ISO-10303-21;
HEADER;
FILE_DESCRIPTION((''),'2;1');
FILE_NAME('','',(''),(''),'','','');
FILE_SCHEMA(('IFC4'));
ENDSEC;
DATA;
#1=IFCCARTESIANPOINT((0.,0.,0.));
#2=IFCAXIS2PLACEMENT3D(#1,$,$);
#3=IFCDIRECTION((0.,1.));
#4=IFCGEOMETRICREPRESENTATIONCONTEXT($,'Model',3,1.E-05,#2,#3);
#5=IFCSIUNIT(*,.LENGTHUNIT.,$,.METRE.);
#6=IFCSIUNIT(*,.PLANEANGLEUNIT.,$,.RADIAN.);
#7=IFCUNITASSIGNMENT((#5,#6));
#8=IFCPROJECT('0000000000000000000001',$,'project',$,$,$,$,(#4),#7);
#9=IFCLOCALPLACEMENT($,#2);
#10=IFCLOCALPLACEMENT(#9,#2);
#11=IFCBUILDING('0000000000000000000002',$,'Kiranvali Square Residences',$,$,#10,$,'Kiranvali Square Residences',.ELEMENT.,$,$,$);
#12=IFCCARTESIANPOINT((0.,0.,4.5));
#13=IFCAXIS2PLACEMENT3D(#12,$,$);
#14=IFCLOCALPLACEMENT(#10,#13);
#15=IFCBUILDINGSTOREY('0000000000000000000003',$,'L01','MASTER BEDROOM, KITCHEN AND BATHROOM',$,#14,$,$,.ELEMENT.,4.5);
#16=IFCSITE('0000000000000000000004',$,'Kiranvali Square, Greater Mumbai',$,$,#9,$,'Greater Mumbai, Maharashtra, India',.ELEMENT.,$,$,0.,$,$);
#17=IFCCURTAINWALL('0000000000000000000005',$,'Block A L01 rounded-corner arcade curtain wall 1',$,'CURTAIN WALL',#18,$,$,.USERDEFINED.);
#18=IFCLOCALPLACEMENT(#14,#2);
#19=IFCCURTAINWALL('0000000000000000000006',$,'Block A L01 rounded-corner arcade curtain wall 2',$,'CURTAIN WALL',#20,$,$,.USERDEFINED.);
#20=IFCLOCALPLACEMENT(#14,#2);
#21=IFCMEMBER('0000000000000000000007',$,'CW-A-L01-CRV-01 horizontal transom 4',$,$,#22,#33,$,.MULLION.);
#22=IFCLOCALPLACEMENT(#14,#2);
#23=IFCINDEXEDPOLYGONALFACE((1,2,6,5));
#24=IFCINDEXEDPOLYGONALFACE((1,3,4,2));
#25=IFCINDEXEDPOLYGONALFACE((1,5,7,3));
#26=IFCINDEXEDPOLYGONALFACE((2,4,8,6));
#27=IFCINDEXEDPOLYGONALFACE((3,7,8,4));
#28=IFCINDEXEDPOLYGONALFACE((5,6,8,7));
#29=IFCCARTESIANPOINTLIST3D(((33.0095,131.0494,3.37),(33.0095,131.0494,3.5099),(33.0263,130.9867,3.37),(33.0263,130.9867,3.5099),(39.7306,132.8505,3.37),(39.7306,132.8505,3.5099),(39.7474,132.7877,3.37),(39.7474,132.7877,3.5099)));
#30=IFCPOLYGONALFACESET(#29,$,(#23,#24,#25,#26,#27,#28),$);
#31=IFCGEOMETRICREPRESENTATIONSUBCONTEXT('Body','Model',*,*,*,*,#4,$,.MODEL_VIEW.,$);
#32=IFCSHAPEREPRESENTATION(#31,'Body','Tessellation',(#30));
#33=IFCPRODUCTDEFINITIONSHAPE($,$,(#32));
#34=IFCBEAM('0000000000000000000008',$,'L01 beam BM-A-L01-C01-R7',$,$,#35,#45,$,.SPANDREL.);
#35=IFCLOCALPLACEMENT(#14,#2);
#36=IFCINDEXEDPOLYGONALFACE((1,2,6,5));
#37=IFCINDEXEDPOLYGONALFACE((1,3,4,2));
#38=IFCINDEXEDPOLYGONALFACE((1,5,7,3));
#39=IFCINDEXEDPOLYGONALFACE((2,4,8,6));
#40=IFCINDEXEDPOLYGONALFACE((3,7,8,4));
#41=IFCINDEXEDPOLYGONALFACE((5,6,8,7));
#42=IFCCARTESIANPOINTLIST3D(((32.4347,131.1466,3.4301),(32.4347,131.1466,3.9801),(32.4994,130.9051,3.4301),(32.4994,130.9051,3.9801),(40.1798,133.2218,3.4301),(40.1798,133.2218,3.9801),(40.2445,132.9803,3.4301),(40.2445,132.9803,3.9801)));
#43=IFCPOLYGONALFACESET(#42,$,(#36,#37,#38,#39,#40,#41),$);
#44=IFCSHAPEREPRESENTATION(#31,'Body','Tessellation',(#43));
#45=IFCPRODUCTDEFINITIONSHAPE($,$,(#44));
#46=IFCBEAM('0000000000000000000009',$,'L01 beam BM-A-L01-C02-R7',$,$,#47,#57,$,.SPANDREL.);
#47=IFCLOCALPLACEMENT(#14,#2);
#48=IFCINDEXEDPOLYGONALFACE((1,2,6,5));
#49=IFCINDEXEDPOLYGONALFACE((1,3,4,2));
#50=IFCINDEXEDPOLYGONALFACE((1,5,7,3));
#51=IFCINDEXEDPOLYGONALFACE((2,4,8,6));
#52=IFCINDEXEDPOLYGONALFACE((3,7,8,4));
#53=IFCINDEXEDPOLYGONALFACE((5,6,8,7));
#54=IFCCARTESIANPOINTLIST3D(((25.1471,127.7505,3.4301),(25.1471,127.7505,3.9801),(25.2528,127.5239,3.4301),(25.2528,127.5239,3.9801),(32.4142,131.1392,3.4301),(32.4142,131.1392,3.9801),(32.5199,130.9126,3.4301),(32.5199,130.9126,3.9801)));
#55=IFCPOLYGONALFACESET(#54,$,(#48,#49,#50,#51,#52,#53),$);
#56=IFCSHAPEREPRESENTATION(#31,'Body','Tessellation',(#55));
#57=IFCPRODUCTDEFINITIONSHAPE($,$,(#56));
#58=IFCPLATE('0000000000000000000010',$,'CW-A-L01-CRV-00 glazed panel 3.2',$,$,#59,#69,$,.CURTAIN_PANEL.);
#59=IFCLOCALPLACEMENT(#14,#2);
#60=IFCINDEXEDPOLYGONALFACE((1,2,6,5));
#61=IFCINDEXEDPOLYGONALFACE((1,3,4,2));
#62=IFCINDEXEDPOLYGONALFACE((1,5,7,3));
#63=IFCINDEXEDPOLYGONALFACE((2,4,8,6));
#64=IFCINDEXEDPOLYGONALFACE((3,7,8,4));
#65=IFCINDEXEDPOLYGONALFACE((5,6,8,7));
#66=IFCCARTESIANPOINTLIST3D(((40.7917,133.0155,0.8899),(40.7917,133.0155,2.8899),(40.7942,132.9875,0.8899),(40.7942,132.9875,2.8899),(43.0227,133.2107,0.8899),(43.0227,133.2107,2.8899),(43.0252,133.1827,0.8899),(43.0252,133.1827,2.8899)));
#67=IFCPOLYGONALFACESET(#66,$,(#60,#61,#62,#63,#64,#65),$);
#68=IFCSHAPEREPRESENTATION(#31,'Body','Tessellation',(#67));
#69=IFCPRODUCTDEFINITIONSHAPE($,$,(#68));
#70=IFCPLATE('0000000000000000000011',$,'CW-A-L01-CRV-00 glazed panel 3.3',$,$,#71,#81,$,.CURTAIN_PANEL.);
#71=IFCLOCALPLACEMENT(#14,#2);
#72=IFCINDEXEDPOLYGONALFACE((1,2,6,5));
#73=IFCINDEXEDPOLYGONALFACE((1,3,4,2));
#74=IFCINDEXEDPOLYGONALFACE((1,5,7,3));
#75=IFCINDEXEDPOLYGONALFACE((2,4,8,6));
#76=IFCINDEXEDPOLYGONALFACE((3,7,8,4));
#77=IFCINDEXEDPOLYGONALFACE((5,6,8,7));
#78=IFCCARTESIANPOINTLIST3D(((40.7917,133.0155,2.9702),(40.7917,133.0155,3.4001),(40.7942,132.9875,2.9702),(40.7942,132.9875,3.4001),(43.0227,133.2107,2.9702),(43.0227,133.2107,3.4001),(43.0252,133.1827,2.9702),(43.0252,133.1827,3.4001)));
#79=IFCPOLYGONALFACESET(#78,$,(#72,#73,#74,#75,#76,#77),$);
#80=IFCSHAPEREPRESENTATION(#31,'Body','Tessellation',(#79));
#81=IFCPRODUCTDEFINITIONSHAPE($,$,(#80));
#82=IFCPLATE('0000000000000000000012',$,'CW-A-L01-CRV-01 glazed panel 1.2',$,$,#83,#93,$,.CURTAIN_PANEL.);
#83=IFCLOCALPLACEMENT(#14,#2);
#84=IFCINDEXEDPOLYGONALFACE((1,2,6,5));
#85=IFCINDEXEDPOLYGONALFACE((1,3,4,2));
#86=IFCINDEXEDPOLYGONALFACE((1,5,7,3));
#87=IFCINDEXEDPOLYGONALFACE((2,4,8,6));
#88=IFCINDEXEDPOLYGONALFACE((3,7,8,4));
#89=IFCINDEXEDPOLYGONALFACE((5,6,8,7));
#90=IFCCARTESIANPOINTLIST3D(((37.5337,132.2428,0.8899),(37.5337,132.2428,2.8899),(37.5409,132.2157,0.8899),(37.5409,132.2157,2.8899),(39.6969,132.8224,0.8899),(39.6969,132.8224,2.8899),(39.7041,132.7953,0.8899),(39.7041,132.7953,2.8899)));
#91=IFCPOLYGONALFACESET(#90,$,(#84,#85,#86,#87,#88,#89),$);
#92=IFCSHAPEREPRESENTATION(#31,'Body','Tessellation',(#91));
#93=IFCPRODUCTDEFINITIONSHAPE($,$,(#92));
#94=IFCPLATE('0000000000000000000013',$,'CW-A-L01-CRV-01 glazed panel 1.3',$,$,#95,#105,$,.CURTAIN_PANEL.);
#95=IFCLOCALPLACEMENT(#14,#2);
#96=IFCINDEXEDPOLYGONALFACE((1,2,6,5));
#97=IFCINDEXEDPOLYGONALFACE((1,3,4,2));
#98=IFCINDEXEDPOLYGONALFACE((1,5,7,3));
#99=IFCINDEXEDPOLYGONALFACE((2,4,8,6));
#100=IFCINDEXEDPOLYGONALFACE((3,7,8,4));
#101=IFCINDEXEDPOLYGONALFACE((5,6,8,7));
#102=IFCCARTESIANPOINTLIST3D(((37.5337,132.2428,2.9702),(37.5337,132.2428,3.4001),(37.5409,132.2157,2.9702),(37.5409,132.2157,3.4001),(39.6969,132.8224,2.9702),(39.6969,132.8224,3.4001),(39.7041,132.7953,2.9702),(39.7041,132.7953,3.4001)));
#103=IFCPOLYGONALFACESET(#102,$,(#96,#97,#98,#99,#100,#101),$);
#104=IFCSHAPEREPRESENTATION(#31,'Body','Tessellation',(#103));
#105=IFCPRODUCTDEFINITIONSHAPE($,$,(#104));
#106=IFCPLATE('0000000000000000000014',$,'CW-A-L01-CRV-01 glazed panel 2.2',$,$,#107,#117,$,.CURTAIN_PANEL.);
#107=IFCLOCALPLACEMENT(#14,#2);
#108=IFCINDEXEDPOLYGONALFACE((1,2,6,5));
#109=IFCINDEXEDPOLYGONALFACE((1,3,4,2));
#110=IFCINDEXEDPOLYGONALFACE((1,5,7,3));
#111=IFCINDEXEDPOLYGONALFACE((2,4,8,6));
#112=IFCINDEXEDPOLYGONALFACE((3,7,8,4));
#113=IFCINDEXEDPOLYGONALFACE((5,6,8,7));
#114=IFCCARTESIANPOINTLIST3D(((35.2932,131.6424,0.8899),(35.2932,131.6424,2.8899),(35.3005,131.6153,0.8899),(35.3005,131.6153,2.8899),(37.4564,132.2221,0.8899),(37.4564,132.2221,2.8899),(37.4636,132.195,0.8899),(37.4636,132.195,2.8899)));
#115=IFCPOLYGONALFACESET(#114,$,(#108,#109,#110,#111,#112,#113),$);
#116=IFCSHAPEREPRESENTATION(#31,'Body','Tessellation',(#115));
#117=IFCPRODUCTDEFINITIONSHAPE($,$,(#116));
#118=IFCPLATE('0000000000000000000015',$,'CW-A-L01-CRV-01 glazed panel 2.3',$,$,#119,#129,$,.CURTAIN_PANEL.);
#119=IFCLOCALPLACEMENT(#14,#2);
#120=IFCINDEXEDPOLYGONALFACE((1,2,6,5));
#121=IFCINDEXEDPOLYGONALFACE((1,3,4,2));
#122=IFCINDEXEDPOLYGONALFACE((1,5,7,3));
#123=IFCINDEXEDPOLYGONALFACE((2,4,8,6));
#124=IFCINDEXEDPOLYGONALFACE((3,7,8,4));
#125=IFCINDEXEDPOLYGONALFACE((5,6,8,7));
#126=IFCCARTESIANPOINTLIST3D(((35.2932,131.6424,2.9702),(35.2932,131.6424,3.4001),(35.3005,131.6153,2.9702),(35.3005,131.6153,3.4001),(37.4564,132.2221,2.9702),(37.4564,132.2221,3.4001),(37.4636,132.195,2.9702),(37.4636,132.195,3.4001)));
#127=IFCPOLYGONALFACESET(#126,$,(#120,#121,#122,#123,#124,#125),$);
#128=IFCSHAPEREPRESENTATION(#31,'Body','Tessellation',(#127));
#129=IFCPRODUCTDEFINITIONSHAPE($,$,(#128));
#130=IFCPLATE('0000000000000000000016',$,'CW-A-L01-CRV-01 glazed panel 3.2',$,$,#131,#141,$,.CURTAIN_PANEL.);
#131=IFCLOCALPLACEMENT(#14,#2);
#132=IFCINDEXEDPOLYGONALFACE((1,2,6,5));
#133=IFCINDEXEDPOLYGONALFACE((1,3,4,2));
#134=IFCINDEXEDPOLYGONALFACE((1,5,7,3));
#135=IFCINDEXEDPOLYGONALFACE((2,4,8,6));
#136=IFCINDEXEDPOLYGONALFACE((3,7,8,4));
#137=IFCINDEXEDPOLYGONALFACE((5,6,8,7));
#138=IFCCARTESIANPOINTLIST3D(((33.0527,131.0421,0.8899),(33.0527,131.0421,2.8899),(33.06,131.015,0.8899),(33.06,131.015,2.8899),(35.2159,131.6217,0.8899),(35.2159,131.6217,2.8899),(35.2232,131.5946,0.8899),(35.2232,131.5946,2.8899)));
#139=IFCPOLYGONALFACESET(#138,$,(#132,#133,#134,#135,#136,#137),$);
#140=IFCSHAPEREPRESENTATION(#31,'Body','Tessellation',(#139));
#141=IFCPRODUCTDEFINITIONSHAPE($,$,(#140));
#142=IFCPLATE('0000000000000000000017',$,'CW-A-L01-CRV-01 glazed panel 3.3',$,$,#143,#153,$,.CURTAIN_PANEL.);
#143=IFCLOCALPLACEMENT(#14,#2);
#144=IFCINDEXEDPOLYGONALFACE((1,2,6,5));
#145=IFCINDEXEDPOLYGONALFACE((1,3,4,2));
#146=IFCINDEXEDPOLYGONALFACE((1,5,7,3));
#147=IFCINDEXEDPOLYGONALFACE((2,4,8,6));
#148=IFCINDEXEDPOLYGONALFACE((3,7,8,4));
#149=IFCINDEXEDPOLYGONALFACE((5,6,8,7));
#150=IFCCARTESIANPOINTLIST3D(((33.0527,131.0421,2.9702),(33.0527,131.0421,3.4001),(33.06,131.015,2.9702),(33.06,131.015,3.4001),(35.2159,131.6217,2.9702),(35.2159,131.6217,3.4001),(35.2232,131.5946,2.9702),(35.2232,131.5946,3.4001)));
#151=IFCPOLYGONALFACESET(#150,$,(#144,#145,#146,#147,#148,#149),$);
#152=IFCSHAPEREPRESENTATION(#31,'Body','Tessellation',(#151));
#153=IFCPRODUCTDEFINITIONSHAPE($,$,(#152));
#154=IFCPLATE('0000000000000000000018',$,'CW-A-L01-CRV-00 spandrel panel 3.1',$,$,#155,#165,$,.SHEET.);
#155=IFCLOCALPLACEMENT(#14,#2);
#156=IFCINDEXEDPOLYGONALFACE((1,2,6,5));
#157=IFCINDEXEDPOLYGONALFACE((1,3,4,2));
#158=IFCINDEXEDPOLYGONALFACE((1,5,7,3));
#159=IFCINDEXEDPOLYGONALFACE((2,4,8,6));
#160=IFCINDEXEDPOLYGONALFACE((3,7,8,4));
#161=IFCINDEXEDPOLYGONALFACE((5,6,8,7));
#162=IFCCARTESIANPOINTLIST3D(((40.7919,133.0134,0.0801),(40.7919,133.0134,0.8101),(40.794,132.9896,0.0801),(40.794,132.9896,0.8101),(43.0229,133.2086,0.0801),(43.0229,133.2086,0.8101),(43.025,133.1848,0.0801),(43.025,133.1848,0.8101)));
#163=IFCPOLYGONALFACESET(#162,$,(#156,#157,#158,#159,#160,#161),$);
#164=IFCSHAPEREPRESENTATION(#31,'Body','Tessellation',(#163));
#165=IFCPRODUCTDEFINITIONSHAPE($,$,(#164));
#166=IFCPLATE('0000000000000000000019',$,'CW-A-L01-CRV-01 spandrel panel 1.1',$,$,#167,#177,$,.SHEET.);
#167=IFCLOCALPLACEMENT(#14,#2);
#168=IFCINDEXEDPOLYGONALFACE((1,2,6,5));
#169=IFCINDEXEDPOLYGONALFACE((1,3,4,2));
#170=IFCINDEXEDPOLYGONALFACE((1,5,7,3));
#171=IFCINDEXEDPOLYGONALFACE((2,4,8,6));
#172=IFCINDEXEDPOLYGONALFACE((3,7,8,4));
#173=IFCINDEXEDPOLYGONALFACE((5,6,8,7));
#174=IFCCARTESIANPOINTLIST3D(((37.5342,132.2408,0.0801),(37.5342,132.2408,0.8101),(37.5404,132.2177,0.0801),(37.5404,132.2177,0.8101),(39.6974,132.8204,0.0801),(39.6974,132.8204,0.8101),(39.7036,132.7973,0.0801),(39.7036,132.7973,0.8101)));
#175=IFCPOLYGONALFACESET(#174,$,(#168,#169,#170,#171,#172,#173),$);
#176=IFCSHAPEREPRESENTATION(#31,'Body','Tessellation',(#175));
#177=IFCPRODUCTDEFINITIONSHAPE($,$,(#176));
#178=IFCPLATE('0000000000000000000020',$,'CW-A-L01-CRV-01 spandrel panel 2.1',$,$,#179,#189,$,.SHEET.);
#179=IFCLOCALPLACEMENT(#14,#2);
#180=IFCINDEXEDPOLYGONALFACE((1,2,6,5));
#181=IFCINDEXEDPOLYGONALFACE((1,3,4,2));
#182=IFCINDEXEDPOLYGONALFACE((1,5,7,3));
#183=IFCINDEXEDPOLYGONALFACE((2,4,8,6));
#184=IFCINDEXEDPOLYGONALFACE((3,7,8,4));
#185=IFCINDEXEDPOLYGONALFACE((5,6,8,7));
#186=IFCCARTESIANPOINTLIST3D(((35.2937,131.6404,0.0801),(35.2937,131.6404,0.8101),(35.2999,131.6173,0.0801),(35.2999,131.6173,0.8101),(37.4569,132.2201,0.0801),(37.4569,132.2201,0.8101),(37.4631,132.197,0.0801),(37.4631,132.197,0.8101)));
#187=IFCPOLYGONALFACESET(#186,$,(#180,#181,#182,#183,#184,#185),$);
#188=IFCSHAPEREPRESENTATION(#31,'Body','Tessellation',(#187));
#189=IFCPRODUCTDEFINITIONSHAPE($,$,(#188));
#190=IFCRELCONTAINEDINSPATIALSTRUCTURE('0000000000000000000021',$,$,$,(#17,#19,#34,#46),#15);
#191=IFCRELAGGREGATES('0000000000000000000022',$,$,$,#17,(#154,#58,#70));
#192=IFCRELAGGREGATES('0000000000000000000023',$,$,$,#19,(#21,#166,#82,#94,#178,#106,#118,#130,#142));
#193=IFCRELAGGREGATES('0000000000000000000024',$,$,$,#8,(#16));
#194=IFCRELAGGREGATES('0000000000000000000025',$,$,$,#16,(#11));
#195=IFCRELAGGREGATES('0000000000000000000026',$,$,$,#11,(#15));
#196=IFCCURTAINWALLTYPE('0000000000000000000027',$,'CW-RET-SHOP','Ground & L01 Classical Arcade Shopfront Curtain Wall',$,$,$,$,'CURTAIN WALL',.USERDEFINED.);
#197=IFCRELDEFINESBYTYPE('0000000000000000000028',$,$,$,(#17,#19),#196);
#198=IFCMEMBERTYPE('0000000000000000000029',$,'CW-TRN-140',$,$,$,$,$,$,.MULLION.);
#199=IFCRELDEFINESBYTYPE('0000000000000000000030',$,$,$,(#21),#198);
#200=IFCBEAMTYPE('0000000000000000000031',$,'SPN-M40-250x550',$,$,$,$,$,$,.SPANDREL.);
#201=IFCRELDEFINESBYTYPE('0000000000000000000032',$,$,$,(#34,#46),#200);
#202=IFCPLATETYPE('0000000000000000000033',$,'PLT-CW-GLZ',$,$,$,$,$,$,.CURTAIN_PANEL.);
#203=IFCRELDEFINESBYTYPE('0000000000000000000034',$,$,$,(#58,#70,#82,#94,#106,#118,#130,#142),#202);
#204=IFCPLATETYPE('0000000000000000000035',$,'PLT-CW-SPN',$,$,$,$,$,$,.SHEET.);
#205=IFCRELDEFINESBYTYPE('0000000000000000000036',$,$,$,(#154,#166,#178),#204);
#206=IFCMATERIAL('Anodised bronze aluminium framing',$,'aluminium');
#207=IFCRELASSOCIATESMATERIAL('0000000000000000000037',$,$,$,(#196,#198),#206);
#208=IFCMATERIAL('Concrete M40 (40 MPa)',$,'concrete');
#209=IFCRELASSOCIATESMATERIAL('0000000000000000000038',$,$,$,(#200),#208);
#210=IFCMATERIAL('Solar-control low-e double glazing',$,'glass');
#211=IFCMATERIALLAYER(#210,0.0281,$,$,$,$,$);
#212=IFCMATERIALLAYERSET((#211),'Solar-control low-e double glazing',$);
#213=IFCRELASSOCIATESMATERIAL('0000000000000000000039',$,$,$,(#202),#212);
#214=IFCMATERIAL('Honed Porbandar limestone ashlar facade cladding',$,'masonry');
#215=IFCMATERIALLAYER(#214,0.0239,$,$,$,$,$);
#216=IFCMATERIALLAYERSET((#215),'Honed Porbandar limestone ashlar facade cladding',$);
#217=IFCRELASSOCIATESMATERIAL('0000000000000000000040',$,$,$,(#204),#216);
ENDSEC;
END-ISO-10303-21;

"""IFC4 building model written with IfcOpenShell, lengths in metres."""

from ifc_helpers import new_model, si_unit, direction, frame, origin, origin_2d, place, context, subcontext, project, spatial, rectangle, extrude, material, layer, layer_set, material_profile, profile_set, type_object, element, aggregate, save


model = new_model("IFC4")

# Units and contexts
model_context = context("Model", 3, precision=1e-05, world=origin(), true_north=direction((0.0, 1.0)))
body_context = subcontext(model_context, "Body", "Model", "MODEL_VIEW")
ifc_project = project(units=[si_unit("LENGTHUNIT", "METRE"), si_unit("PLANEANGLEUNIT", "RADIAN")], contexts=[model_context])

# Site, building, storey
site_placement = place(None, origin())
site = spatial("IfcSite", under=ifc_project, at=site_placement, Name="Kiranvali Square, Greater Mumbai", LongName="Greater Mumbai, Maharashtra, India", CompositionType="ELEMENT", RefElevation=0.0)
building_placement = place(site_placement, origin())
building = spatial("IfcBuilding", under=site, at=building_placement, Name="Kiranvali Square Residences", LongName="Kiranvali Square Residences", CompositionType="ELEMENT")
storey_placement = place(building_placement, frame((0.0, 0.0, 4.5)))
storey = spatial("IfcBuildingStorey", under=building, at=storey_placement, Name="L01", Description="MASTER BEDROOM, KITCHEN AND BATHROOM", CompositionType="ELEMENT", Elevation=4.5)

# Shared definitions
ifc_material_1 = material(Name="Concrete M40 (40 MPa)", Category="concrete")

# Curtain walls
ifc_material_2 = material(Name="Anodised bronze aluminium framing", Category="aluminium")
curtain_wall_type = type_object("IfcCurtainWallType", Name="CW-RET-SHOP", Description="Ground & L01 Classical Arcade Shopfront Curtain Wall", ElementType="CURTAIN WALL", PredefinedType="USERDEFINED", material=ifc_material_2)
curtain_wall_1_placement = place(storey_placement, origin())
curtain_wall_1 = element("IfcCurtainWall", 1, at=curtain_wall_1_placement, inside=storey, type_object=curtain_wall_type, Name="Block A L01 rounded-corner arcade curtain wall 1", ObjectType="CURTAIN WALL", PredefinedType="USERDEFINED")
curtain_wall_2_placement = place(storey_placement, origin())
curtain_wall_2 = element("IfcCurtainWall", 2, at=curtain_wall_2_placement, inside=storey, type_object=curtain_wall_type, Name="Block A L01 rounded-corner arcade curtain wall 2", ObjectType="CURTAIN WALL", PredefinedType="USERDEFINED")

# Member
ifc_material_profile_1 = material_profile(ifc_material_2, rectangle(XDim=0.0649, YDim=0.1399, at=origin_2d()), Name="ALU 65x140")
ifc_profile_set_1 = profile_set([ifc_material_profile_1], Name="Anodised bronze aluminium framing")
member_type_1 = type_object("IfcMemberType", Name="CW-TRN-140", PredefinedType="MULLION", material=ifc_profile_set_1)
member_1_placement = place(storey_placement, frame((39.739, 132.8191, 3.4399), z_axis=(-0.965923, -0.258831, 0.0), x_axis=(0.258831, -0.965923, 0.0)))
member_1 = element("IfcMember", 3, at=member_1_placement, type_object=member_type_1, Name="CW-A-L01-CRV-01 horizontal transom 4", PredefinedType="MULLION", context=body_context, shape_type="SweptSolid", body=[
    extrude(rectangle(XDim=0.0649, YDim=0.1399, at=origin_2d()), origin(), (0.0, 0.0, 1.0), 6.9583),
])

# Beams
ifc_material_profile_2 = material_profile(ifc_material_1, rectangle(XDim=0.25, YDim=0.55, at=origin_2d()), Name="RC 250x550")
ifc_profile_set_2 = profile_set([ifc_material_profile_2], Name="Concrete M40 (40 MPa)")
beam_type_1 = type_object("IfcBeamType", Name="SPN-M40-250x550", PredefinedType="SPANDREL", material=ifc_profile_set_2)
for number, where, z_axis, x_axis, name in (
    (4, (40.2122, 133.1011, 3.7051), (-0.965929, -0.258807, 0.0), (0.258807, -0.965929, 0.0), "L01 beam BM-A-L01-C01-R7"),
    (5, (32.467, 131.0259, 3.7051), (-0.906309, -0.422615, 0.0), (0.422615, -0.906309, 0.0), "L01 beam BM-A-L01-C02-R7"),
):
    element("IfcBeam", number, at=place(storey_placement, frame(where, z_axis=z_axis, x_axis=x_axis)), inside=storey, type_object=beam_type_1, Name=name, PredefinedType="SPANDREL", context=body_context, shape_type="SweptSolid", body=[
        extrude(rectangle(XDim=0.25, YDim=0.55, at=origin_2d()), origin(), (0.0, 0.0, 1.0), 8.0183),
    ])

# Plates
ifc_material_3 = material(Name="Solar-control low-e double glazing", Category="glass")
ifc_layer_1 = layer(ifc_material_3, 0.0281)
ifc_layer_set_1 = layer_set([ifc_layer_1], Name="Solar-control low-e double glazing")
plate_type_1 = type_object("IfcPlateType", Name="PLT-CW-GLZ", PredefinedType="CURTAIN_PANEL", material=ifc_layer_set_1)
plate_1_placement = place(storey_placement, frame((41.9084, 133.0991, 0.8899), z_axis=(0.0, 0.0, 1.0), x_axis=(-0.996195, -0.087156, 0.0)))
plate_1 = element("IfcPlate", 6, at=plate_1_placement, type_object=plate_type_1, Name="CW-A-L01-CRV-00 glazed panel 3.2", PredefinedType="CURTAIN_PANEL", context=body_context, shape_type="SweptSolid", body=[
    extrude(rectangle(XDim=2.2395, YDim=0.0281, at=origin_2d()), origin(), (0.0, 0.0, 1.0), 2.0),
])
plate_2_placement = place(storey_placement, frame((41.9084, 133.0991, 2.9702), z_axis=(0.0, 0.0, 1.0), x_axis=(-0.996195, -0.087156, 0.0)))
plate_2 = element("IfcPlate", 7, at=plate_2_placement, type_object=plate_type_1, Name="CW-A-L01-CRV-00 glazed panel 3.3", PredefinedType="CURTAIN_PANEL", context=body_context, shape_type="SweptSolid", body=[
    extrude(rectangle(XDim=2.2395, YDim=0.0281, at=origin_2d()), origin(), (0.0, 0.0, 1.0), 0.4299),
])
plate_3_placement = place(storey_placement, frame((38.6189, 132.519, 0.8899), z_axis=(0.0, 0.0, 1.0), x_axis=(-0.965926, -0.258819, 0.0)))
plate_3 = element("IfcPlate", 8, at=plate_3_placement, type_object=plate_type_1, Name="CW-A-L01-CRV-01 glazed panel 1.2", PredefinedType="CURTAIN_PANEL", context=body_context, shape_type="SweptSolid", body=[
    extrude(rectangle(XDim=2.2395, YDim=0.0281, at=origin_2d()), origin(), (0.0, 0.0, 1.0), 2.0),
])
plate_4_placement = place(storey_placement, frame((38.6189, 132.519, 2.9702), z_axis=(0.0, 0.0, 1.0), x_axis=(-0.965926, -0.258819, 0.0)))
plate_4 = element("IfcPlate", 9, at=plate_4_placement, type_object=plate_type_1, Name="CW-A-L01-CRV-01 glazed panel 1.3", PredefinedType="CURTAIN_PANEL", context=body_context, shape_type="SweptSolid", body=[
    extrude(rectangle(XDim=2.2395, YDim=0.0281, at=origin_2d()), origin(), (0.0, 0.0, 1.0), 0.4299),
])
plate_5_placement = place(storey_placement, frame((36.3784, 131.9187, 0.8899), z_axis=(0.0, 0.0, 1.0), x_axis=(-0.965926, -0.258819, 0.0)))
plate_5 = element("IfcPlate", 10, at=plate_5_placement, type_object=plate_type_1, Name="CW-A-L01-CRV-01 glazed panel 2.2", PredefinedType="CURTAIN_PANEL", context=body_context, shape_type="SweptSolid", body=[
    extrude(rectangle(XDim=2.2395, YDim=0.0281, at=origin_2d()), origin(), (0.0, 0.0, 1.0), 2.0),
])
plate_6_placement = place(storey_placement, frame((36.3784, 131.9187, 2.9702), z_axis=(0.0, 0.0, 1.0), x_axis=(-0.965926, -0.258819, 0.0)))
plate_6 = element("IfcPlate", 11, at=plate_6_placement, type_object=plate_type_1, Name="CW-A-L01-CRV-01 glazed panel 2.3", PredefinedType="CURTAIN_PANEL", context=body_context, shape_type="SweptSolid", body=[
    extrude(rectangle(XDim=2.2395, YDim=0.0281, at=origin_2d()), origin(), (0.0, 0.0, 1.0), 0.4299),
])
plate_7_placement = place(storey_placement, frame((34.1379, 131.3184, 0.8899), z_axis=(0.0, 0.0, 1.0), x_axis=(-0.965926, -0.258819, 0.0)))
plate_7 = element("IfcPlate", 12, at=plate_7_placement, type_object=plate_type_1, Name="CW-A-L01-CRV-01 glazed panel 3.2", PredefinedType="CURTAIN_PANEL", context=body_context, shape_type="SweptSolid", body=[
    extrude(rectangle(XDim=2.2395, YDim=0.0281, at=origin_2d()), origin(), (0.0, 0.0, 1.0), 2.0),
])
plate_8_placement = place(storey_placement, frame((34.1379, 131.3184, 2.9702), z_axis=(0.0, 0.0, 1.0), x_axis=(-0.965926, -0.258819, 0.0)))
plate_8 = element("IfcPlate", 13, at=plate_8_placement, type_object=plate_type_1, Name="CW-A-L01-CRV-01 glazed panel 3.3", PredefinedType="CURTAIN_PANEL", context=body_context, shape_type="SweptSolid", body=[
    extrude(rectangle(XDim=2.2395, YDim=0.0281, at=origin_2d()), origin(), (0.0, 0.0, 1.0), 0.4299),
])
ifc_material_4 = material(Name="Honed Porbandar limestone ashlar facade cladding", Category="masonry")
ifc_layer_2 = layer(ifc_material_4, 0.0239)
ifc_layer_set_2 = layer_set([ifc_layer_2], Name="Honed Porbandar limestone ashlar facade cladding")
plate_type_2 = type_object("IfcPlateType", Name="PLT-CW-SPN", PredefinedType="SHEET", material=ifc_layer_set_2)
plate_9_placement = place(storey_placement, frame((41.9084, 133.0991, 0.0801), z_axis=(0.0, 0.0, 1.0), x_axis=(-0.996195, -0.087156, 0.0)))
plate_9 = element("IfcPlate", 14, at=plate_9_placement, type_object=plate_type_2, Name="CW-A-L01-CRV-00 spandrel panel 3.1", PredefinedType="SHEET", context=body_context, shape_type="SweptSolid", body=[
    extrude(rectangle(XDim=2.2395, YDim=0.0239, at=origin_2d()), origin(), (0.0, 0.0, 1.0), 0.73),
])
aggregate(curtain_wall_1, [plate_9, plate_1, plate_2])
plate_10_placement = place(storey_placement, frame((38.6189, 132.519, 0.0801), z_axis=(0.0, 0.0, 1.0), x_axis=(-0.965926, -0.258819, 0.0)))
plate_10 = element("IfcPlate", 15, at=plate_10_placement, type_object=plate_type_2, Name="CW-A-L01-CRV-01 spandrel panel 1.1", PredefinedType="SHEET", context=body_context, shape_type="SweptSolid", body=[
    extrude(rectangle(XDim=2.2395, YDim=0.0239, at=origin_2d()), origin(), (0.0, 0.0, 1.0), 0.73),
])
plate_11_placement = place(storey_placement, frame((36.3784, 131.9187, 0.0801), z_axis=(0.0, 0.0, 1.0), x_axis=(-0.965926, -0.258819, 0.0)))
plate_11 = element("IfcPlate", 16, at=plate_11_placement, type_object=plate_type_2, Name="CW-A-L01-CRV-01 spandrel panel 2.1", PredefinedType="SHEET", context=body_context, shape_type="SweptSolid", body=[
    extrude(rectangle(XDim=2.2395, YDim=0.0239, at=origin_2d()), origin(), (0.0, 0.0, 1.0), 0.73),
])
aggregate(curtain_wall_2, [member_1, plate_10, plate_3, plate_4, plate_11, plate_5, plate_6, plate_7, plate_8])

save(model, "model.ifc")
